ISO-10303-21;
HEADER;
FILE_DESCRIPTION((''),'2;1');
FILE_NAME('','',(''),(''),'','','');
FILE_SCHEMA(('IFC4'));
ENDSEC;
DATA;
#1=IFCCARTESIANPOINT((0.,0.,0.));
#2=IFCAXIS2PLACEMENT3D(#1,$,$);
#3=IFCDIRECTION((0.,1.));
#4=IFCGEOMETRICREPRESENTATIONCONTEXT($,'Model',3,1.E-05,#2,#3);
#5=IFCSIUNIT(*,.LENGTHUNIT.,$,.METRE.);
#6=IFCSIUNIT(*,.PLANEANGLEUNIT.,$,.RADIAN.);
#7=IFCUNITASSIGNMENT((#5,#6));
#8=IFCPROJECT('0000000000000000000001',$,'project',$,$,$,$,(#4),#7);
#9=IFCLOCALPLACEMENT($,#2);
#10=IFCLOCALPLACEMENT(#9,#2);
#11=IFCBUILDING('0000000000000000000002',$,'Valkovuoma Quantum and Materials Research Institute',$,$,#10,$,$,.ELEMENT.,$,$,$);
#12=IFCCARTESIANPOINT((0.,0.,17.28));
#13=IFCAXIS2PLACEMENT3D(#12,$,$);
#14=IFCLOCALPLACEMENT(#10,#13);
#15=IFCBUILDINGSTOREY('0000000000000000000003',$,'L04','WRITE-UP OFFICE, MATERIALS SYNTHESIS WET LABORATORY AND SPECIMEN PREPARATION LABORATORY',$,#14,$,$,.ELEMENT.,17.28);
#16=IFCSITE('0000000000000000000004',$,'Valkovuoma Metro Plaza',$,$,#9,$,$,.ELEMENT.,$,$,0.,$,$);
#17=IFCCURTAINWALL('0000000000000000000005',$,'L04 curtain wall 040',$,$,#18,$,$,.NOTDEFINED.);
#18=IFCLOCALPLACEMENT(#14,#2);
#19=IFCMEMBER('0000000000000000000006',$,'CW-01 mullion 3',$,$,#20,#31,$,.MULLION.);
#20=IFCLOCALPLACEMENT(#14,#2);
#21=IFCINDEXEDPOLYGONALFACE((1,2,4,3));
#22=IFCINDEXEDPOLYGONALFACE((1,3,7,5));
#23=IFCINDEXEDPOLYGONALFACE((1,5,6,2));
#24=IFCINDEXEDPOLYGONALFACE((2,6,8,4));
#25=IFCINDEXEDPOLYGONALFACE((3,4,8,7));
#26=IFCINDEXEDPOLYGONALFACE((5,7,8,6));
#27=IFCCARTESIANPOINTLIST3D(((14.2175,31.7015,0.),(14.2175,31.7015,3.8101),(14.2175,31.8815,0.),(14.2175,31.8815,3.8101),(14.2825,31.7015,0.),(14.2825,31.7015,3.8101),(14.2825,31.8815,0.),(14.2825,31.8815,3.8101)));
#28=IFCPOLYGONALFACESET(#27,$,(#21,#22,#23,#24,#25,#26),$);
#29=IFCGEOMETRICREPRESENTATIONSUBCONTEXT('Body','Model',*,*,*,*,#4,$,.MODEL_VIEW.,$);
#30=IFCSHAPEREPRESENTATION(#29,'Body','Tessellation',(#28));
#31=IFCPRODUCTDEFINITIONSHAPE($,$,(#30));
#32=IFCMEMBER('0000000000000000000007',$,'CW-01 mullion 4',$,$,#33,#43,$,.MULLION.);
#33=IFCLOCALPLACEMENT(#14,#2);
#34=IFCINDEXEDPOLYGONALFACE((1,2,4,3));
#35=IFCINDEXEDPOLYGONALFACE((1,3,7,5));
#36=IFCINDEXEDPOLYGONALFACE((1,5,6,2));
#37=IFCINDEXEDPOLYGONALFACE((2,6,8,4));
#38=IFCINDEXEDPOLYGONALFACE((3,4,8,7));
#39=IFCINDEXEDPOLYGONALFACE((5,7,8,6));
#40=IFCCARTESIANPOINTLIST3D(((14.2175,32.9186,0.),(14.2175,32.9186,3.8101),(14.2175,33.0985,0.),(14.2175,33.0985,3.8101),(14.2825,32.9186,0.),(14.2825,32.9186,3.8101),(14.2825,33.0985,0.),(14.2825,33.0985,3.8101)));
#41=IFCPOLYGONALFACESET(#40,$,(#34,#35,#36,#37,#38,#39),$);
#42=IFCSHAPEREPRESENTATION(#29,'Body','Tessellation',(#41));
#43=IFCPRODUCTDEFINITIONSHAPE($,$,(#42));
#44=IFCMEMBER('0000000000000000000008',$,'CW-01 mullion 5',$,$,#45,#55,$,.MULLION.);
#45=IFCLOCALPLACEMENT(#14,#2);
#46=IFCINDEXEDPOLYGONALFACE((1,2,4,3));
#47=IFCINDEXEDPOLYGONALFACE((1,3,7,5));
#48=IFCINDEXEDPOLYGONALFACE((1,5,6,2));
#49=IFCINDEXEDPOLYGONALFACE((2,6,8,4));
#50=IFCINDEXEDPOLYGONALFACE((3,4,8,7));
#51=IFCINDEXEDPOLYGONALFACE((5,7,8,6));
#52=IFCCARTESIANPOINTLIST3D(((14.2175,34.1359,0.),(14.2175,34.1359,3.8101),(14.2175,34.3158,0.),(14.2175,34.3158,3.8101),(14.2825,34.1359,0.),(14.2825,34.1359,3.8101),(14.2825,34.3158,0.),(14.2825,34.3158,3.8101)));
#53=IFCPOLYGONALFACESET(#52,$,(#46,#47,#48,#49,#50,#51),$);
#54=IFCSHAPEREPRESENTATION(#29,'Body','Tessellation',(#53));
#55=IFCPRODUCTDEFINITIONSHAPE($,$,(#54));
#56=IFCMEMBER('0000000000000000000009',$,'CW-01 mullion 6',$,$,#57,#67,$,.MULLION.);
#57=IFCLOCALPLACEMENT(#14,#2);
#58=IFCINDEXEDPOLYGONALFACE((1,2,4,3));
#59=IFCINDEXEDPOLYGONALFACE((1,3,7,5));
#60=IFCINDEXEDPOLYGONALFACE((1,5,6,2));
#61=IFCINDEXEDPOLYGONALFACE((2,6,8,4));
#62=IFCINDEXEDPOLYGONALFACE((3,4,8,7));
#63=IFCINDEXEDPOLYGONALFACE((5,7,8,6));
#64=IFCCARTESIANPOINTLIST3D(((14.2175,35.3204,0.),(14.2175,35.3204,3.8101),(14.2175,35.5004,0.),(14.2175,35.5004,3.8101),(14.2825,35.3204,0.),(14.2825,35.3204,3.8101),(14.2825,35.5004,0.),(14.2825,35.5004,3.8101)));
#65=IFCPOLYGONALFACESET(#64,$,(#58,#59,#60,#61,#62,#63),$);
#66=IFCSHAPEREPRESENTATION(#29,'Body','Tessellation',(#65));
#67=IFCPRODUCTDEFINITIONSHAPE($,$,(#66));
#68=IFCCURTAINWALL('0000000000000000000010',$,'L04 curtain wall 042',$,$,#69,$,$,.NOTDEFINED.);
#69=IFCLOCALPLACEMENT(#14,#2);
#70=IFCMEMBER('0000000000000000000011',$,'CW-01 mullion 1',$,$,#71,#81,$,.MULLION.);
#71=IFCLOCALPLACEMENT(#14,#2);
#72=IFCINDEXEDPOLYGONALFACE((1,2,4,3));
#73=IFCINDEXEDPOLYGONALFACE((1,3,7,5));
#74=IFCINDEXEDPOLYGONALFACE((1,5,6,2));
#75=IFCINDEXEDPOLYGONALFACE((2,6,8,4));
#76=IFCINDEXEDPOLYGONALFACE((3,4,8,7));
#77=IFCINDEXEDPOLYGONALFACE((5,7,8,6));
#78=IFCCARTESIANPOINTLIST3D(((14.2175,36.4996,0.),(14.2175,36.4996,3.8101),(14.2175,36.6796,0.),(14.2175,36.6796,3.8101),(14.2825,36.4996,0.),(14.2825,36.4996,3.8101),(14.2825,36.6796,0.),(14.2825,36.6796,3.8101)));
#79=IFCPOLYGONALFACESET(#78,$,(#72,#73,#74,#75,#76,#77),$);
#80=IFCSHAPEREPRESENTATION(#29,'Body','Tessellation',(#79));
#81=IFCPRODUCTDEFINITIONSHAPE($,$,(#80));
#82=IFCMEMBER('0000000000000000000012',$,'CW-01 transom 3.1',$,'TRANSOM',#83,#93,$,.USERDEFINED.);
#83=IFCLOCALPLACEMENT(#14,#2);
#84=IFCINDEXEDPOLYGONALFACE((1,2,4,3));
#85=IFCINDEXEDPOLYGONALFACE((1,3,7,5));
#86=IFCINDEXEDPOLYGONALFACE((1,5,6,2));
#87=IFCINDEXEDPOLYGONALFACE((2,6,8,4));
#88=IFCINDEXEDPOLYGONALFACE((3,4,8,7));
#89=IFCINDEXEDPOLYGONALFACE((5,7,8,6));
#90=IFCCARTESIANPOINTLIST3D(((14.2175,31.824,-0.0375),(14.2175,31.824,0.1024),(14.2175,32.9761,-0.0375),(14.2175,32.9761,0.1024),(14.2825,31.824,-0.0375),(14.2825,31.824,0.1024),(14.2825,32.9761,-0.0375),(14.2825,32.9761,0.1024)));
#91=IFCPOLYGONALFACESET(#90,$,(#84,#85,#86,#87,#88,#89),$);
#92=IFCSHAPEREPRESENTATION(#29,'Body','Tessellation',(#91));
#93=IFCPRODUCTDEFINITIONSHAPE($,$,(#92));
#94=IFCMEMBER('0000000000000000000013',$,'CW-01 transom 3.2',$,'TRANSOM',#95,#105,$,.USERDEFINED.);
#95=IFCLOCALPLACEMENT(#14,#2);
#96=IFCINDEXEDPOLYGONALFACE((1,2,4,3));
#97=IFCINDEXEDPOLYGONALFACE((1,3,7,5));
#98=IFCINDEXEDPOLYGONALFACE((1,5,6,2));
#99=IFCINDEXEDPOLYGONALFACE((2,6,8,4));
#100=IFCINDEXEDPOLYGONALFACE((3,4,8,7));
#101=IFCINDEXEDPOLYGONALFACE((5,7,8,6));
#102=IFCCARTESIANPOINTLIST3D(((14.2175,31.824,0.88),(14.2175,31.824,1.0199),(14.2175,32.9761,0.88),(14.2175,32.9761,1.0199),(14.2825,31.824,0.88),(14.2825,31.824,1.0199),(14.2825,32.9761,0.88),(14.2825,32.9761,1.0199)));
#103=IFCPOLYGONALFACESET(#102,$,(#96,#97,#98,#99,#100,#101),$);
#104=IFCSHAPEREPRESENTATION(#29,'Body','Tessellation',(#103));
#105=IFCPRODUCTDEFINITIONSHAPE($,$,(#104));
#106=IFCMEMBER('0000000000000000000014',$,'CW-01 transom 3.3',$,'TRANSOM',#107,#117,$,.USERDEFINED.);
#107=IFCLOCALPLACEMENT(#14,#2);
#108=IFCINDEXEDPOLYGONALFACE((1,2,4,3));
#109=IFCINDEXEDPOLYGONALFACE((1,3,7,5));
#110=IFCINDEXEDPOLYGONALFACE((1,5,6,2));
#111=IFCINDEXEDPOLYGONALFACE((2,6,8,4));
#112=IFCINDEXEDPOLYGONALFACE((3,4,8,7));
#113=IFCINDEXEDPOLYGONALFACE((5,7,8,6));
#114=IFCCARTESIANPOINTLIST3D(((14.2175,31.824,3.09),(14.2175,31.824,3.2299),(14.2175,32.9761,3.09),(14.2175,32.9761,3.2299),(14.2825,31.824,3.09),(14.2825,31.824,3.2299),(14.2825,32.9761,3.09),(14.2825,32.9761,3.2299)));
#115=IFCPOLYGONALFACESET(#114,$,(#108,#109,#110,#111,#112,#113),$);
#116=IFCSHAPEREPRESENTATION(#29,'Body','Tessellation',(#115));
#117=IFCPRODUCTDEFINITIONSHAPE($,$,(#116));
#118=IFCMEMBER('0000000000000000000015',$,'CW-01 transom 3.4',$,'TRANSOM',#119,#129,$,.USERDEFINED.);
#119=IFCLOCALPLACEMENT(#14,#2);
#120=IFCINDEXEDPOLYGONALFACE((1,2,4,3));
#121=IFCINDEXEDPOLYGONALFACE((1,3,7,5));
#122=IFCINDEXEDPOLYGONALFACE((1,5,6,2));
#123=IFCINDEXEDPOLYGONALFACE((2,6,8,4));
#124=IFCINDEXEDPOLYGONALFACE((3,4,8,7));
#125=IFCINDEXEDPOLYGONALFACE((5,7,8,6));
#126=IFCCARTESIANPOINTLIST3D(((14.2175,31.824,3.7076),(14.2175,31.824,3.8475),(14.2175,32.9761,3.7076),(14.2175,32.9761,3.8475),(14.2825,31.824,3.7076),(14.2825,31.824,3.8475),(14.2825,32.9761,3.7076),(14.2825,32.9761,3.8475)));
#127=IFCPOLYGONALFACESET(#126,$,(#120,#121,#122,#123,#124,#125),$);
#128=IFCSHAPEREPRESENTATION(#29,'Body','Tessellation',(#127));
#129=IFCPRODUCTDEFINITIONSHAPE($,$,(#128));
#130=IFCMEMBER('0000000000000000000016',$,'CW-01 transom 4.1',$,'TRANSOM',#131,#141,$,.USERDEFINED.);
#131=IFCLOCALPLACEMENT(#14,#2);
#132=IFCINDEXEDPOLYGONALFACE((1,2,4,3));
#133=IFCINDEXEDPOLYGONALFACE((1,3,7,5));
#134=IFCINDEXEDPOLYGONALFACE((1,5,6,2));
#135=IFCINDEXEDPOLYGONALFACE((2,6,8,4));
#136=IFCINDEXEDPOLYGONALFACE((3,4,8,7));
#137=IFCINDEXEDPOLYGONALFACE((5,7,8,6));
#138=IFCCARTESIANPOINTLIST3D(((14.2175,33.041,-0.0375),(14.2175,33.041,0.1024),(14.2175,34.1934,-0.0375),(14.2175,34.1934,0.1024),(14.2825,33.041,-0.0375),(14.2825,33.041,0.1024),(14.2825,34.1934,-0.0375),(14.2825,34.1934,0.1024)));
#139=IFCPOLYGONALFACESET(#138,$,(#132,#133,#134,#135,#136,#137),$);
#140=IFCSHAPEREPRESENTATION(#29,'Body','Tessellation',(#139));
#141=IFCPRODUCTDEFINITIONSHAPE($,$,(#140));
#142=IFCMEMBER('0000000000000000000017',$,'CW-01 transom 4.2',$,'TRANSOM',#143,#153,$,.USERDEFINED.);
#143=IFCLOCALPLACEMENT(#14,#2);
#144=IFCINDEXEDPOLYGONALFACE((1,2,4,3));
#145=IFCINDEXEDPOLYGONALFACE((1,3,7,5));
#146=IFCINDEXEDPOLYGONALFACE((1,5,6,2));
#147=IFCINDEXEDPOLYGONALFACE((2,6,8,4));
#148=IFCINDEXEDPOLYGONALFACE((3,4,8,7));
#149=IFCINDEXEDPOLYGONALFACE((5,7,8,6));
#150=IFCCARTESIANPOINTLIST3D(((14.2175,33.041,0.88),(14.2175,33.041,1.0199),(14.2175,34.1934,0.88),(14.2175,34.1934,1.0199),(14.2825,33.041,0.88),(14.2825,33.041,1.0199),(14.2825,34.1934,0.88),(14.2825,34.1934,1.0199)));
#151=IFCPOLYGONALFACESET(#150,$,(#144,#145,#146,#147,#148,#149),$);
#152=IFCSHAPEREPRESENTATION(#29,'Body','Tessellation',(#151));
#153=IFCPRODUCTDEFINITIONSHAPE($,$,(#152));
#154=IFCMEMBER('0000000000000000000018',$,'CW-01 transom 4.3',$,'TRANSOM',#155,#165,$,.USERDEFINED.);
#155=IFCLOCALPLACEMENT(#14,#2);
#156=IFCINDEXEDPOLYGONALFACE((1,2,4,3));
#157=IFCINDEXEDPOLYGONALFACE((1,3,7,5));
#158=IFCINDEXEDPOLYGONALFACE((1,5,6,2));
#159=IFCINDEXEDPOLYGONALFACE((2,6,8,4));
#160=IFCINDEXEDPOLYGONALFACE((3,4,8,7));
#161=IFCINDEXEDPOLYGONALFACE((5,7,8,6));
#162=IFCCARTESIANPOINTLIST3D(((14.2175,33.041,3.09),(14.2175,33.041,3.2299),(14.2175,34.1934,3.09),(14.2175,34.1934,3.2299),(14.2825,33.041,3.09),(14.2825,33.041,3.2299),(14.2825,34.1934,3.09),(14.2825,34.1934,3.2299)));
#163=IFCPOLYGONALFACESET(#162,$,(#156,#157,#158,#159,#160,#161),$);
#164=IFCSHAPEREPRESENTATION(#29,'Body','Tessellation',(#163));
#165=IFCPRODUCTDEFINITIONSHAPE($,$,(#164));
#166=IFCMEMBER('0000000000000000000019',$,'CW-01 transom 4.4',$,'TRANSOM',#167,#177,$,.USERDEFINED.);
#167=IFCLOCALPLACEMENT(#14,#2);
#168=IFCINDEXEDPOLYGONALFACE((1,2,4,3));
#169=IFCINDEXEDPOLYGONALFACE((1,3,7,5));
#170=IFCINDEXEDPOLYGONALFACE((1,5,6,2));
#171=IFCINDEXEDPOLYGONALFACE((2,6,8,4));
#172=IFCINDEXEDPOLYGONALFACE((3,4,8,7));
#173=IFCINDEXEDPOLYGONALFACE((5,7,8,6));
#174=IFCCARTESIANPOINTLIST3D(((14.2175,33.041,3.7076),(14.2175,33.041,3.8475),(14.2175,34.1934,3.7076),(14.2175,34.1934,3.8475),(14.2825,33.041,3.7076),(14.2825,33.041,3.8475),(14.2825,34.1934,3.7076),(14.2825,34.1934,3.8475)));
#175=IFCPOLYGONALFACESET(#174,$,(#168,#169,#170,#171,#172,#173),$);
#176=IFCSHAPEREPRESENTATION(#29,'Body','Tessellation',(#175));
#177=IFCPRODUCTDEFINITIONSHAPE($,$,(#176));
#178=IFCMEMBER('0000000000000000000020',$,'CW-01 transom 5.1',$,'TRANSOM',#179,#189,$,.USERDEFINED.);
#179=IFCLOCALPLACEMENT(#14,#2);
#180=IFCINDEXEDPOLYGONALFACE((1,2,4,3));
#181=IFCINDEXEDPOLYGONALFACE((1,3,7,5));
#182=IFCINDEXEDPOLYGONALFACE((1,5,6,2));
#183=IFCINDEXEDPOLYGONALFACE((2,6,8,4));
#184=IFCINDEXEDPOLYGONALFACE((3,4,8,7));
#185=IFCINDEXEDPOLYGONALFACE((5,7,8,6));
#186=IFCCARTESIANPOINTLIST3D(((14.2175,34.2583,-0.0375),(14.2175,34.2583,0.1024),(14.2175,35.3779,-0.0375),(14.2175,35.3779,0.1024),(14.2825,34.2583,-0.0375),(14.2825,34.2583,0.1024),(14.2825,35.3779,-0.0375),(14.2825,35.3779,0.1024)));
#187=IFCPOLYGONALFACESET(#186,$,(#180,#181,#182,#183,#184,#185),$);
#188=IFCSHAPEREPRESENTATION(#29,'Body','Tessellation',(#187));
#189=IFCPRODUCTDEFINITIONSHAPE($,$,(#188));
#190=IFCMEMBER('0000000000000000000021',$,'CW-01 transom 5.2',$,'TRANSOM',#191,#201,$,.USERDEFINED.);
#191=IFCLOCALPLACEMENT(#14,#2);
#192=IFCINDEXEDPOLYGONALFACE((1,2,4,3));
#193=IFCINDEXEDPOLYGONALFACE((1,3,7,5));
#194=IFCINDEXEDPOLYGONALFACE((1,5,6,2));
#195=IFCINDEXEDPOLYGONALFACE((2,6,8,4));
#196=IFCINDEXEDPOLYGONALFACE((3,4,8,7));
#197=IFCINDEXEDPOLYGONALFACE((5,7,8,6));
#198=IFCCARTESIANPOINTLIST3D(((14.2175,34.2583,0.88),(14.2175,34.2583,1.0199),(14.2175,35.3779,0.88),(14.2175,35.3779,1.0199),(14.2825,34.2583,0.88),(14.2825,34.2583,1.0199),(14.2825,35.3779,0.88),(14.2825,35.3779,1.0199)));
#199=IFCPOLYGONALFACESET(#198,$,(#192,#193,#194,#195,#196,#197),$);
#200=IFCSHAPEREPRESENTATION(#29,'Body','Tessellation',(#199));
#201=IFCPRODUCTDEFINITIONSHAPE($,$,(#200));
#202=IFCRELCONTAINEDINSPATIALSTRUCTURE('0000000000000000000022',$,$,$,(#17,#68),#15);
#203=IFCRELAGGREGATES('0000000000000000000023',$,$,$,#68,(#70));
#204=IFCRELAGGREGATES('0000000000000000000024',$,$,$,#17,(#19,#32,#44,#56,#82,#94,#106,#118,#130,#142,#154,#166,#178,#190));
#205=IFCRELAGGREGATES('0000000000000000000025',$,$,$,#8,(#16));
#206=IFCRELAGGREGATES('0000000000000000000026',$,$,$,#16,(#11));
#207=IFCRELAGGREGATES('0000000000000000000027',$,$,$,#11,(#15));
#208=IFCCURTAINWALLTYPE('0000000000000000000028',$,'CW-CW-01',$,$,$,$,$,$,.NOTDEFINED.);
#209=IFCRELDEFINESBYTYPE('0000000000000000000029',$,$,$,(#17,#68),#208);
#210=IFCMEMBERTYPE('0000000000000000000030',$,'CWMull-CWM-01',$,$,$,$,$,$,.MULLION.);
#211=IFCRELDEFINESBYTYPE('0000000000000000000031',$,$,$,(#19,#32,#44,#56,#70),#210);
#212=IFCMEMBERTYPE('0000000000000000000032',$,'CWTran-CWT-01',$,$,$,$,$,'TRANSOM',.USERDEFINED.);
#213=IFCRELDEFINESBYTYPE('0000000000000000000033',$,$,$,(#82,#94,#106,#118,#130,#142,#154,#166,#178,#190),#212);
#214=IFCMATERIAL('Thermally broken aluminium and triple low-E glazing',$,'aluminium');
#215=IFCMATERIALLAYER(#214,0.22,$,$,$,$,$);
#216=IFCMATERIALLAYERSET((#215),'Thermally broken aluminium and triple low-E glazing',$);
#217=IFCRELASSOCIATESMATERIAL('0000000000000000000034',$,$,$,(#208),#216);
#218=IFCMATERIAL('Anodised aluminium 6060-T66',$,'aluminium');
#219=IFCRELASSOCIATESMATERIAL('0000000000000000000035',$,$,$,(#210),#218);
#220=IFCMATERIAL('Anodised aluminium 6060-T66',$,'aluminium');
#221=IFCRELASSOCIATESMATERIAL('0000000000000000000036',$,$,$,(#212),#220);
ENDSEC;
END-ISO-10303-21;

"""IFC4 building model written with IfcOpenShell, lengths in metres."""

from ifc_helpers import new_model, si_unit, direction, frame, origin, origin_2d, place, context, subcontext, project, spatial, rectangle, extrude, material, layer, layer_set, material_profile, profile_set, type_object, element, aggregate, save


model = new_model("IFC4")

# Units and contexts
model_context = context("Model", 3, precision=1e-05, world=origin(), true_north=direction((0.0, 1.0)))
body_context = subcontext(model_context, "Body", "Model", "MODEL_VIEW")
ifc_project = project(units=[si_unit("LENGTHUNIT", "METRE"), si_unit("PLANEANGLEUNIT", "RADIAN")], contexts=[model_context])

# Site, building, storey
site_placement = place(None, origin())
site = spatial("IfcSite", under=ifc_project, at=site_placement, Name="Valkovuoma Metro Plaza", CompositionType="ELEMENT", RefElevation=0.0)
building_placement = place(site_placement, origin())
building = spatial("IfcBuilding", under=site, at=building_placement, Name="Valkovuoma Quantum and Materials Research Institute", CompositionType="ELEMENT")
storey_placement = place(building_placement, frame((0.0, 0.0, 17.28)))
storey = spatial("IfcBuildingStorey", under=building, at=storey_placement, Name="L04", Description="WRITE-UP OFFICE, MATERIALS SYNTHESIS WET LABORATORY AND SPECIMEN PREPARATION LABORATORY", CompositionType="ELEMENT", Elevation=17.28)

# Curtain wall, members
ifc_material_1 = material(Name="Thermally broken aluminium and triple low-E glazing", Category="aluminium")
ifc_layer_1 = layer(ifc_material_1, 0.22)
ifc_layer_set_1 = layer_set([ifc_layer_1], Name="Thermally broken aluminium and triple low-E glazing")
curtain_wall_type = type_object("IfcCurtainWallType", Name="CW-CW-01", PredefinedType="NOTDEFINED", material=ifc_layer_set_1)
curtain_wall_1_placement = place(storey_placement, origin())
curtain_wall_1 = element("IfcCurtainWall", 1, at=curtain_wall_1_placement, inside=storey, type_object=curtain_wall_type, Name="L04 curtain wall 040", PredefinedType="NOTDEFINED")
ifc_material_2 = material(Name="Anodised aluminium 6060-T66", Category="aluminium")
ifc_material_profile_1 = material_profile(ifc_material_2, rectangle(XDim=0.0649, YDim=0.1799, at=origin_2d()), Name="Anodised aluminium 6060-T66")
ifc_profile_set_1 = profile_set([ifc_material_profile_1], Name="Anodised aluminium 6060-T66")
member_type_1 = type_object("IfcMemberType", Name="CWMull-CWM-01", PredefinedType="MULLION", material=ifc_profile_set_1)
member_1_placement = place(storey_placement, frame((14.25, 31.7915, 0.0), z_axis=(0.0, 0.0, 1.0), x_axis=(-1.0, 0.0, 0.0)))
member_1 = element("IfcMember", 2, at=member_1_placement, type_object=member_type_1, Name="CW-01 mullion 3", PredefinedType="MULLION", context=body_context, shape_type="SweptSolid", body=[
    extrude(rectangle(XDim=0.0649, YDim=0.1799, at=origin_2d()), origin(), (0.0, 0.0, 1.0), 3.8101),
])
member_2_placement = place(storey_placement, frame((14.25, 33.0085, 0.0), z_axis=(0.0, 0.0, 1.0), x_axis=(-1.0, 0.0, 0.0)))
member_2 = element("IfcMember", 3, at=member_2_placement, type_object=member_type_1, Name="CW-01 mullion 4", PredefinedType="MULLION", context=body_context, shape_type="SweptSolid", body=[
    extrude(rectangle(XDim=0.0649, YDim=0.1799, at=origin_2d()), origin(), (0.0, 0.0, 1.0), 3.8101),
])
member_3_placement = place(storey_placement, frame((14.25, 34.2258, 0.0), z_axis=(0.0, 0.0, 1.0), x_axis=(-1.0, 0.0, 0.0)))
member_3 = element("IfcMember", 4, at=member_3_placement, type_object=member_type_1, Name="CW-01 mullion 5", PredefinedType="MULLION", context=body_context, shape_type="SweptSolid", body=[
    extrude(rectangle(XDim=0.0649, YDim=0.1799, at=origin_2d()), origin(), (0.0, 0.0, 1.0), 3.8101),
])
member_4_placement = place(storey_placement, frame((14.25, 35.4104, 0.0), z_axis=(0.0, 0.0, 1.0), x_axis=(-1.0, 0.0, 0.0)))
member_4 = element("IfcMember", 5, at=member_4_placement, type_object=member_type_1, Name="CW-01 mullion 6", PredefinedType="MULLION", context=body_context, shape_type="SweptSolid", body=[
    extrude(rectangle(XDim=0.0649, YDim=0.1799, at=origin_2d()), origin(), (0.0, 0.0, 1.0), 3.8101),
])

# Curtain wall, member
curtain_wall_2_placement = place(storey_placement, origin())
curtain_wall_2 = element("IfcCurtainWall", 6, at=curtain_wall_2_placement, inside=storey, type_object=curtain_wall_type, Name="L04 curtain wall 042", PredefinedType="NOTDEFINED")
member_5_placement = place(storey_placement, frame((14.25, 36.5896, 0.0), z_axis=(0.0, 0.0, 1.0), x_axis=(-1.0, 0.0, 0.0)))
member_5 = element("IfcMember", 7, at=member_5_placement, type_object=member_type_1, Name="CW-01 mullion 1", PredefinedType="MULLION", context=body_context, shape_type="SweptSolid", body=[
    extrude(rectangle(XDim=0.0649, YDim=0.1799, at=origin_2d()), origin(), (0.0, 0.0, 1.0), 3.8101),
])
aggregate(curtain_wall_2, [member_5])

# Members
ifc_material_3 = material(Name="Anodised aluminium 6060-T66", Category="aluminium")
ifc_material_profile_2 = material_profile(ifc_material_3, rectangle(XDim=0.0649, YDim=0.1399, at=origin_2d()), Name="Anodised aluminium 6060-T66")
ifc_profile_set_2 = profile_set([ifc_material_profile_2], Name="Anodised aluminium 6060-T66")
member_type_2 = type_object("IfcMemberType", Name="CWTran-CWT-01", ElementType="TRANSOM", PredefinedType="USERDEFINED", material=ifc_profile_set_2)
member_6_placement = place(storey_placement, frame((14.25, 31.824, 0.0325), z_axis=(0.0, 1.0, 0.0), x_axis=(-1.0, 0.0, 0.0)))
member_6 = element("IfcMember", 8, at=member_6_placement, type_object=member_type_2, Name="CW-01 transom 3.1", ObjectType="TRANSOM", PredefinedType="USERDEFINED", context=body_context, shape_type="SweptSolid", body=[
    extrude(rectangle(XDim=0.0649, YDim=0.1399, at=origin_2d()), origin(), (0.0, 0.0, 1.0), 1.1521),
])
member_7_placement = place(storey_placement, frame((14.25, 31.824, 0.95), z_axis=(0.0, 1.0, 0.0), x_axis=(-1.0, 0.0, 0.0)))
member_7 = element("IfcMember", 9, at=member_7_placement, type_object=member_type_2, Name="CW-01 transom 3.2", ObjectType="TRANSOM", PredefinedType="USERDEFINED", context=body_context, shape_type="SweptSolid", body=[
    extrude(rectangle(XDim=0.0649, YDim=0.1399, at=origin_2d()), origin(), (0.0, 0.0, 1.0), 1.1521),
])
member_8_placement = place(storey_placement, frame((14.25, 31.824, 3.1599), z_axis=(0.0, 1.0, 0.0), x_axis=(-1.0, 0.0, 0.0)))
member_8 = element("IfcMember", 10, at=member_8_placement, type_object=member_type_2, Name="CW-01 transom 3.3", ObjectType="TRANSOM", PredefinedType="USERDEFINED", context=body_context, shape_type="SweptSolid", body=[
    extrude(rectangle(XDim=0.0649, YDim=0.1399, at=origin_2d()), origin(), (0.0, 0.0, 1.0), 1.1521),
])
member_9_placement = place(storey_placement, frame((14.25, 31.824, 3.7776), z_axis=(0.0, 1.0, 0.0), x_axis=(-1.0, 0.0, 0.0)))
member_9 = element("IfcMember", 11, at=member_9_placement, type_object=member_type_2, Name="CW-01 transom 3.4", ObjectType="TRANSOM", PredefinedType="USERDEFINED", context=body_context, shape_type="SweptSolid", body=[
    extrude(rectangle(XDim=0.0649, YDim=0.1399, at=origin_2d()), origin(), (0.0, 0.0, 1.0), 1.1521),
])
member_10_placement = place(storey_placement, frame((14.25, 33.041, 0.0325), z_axis=(0.0, 1.0, 0.0), x_axis=(-1.0, 0.0, 0.0)))
member_10 = element("IfcMember", 12, at=member_10_placement, type_object=member_type_2, Name="CW-01 transom 4.1", ObjectType="TRANSOM", PredefinedType="USERDEFINED", context=body_context, shape_type="SweptSolid", body=[
    extrude(rectangle(XDim=0.0649, YDim=0.1399, at=origin_2d()), origin(), (0.0, 0.0, 1.0), 1.1523),
])
member_11_placement = place(storey_placement, frame((14.25, 33.041, 0.95), z_axis=(0.0, 1.0, 0.0), x_axis=(-1.0, 0.0, 0.0)))
member_11 = element("IfcMember", 13, at=member_11_placement, type_object=member_type_2, Name="CW-01 transom 4.2", ObjectType="TRANSOM", PredefinedType="USERDEFINED", context=body_context, shape_type="SweptSolid", body=[
    extrude(rectangle(XDim=0.0649, YDim=0.1399, at=origin_2d()), origin(), (0.0, 0.0, 1.0), 1.1523),
])
member_12_placement = place(storey_placement, frame((14.25, 33.041, 3.1599), z_axis=(0.0, 1.0, 0.0), x_axis=(-1.0, 0.0, 0.0)))
member_12 = element("IfcMember", 14, at=member_12_placement, type_object=member_type_2, Name="CW-01 transom 4.3", ObjectType="TRANSOM", PredefinedType="USERDEFINED", context=body_context, shape_type="SweptSolid", body=[
    extrude(rectangle(XDim=0.0649, YDim=0.1399, at=origin_2d()), origin(), (0.0, 0.0, 1.0), 1.1523),
])
member_13_placement = place(storey_placement, frame((14.25, 33.041, 3.7776), z_axis=(0.0, 1.0, 0.0), x_axis=(-1.0, 0.0, 0.0)))
member_13 = element("IfcMember", 15, at=member_13_placement, type_object=member_type_2, Name="CW-01 transom 4.4", ObjectType="TRANSOM", PredefinedType="USERDEFINED", context=body_context, shape_type="SweptSolid", body=[
    extrude(rectangle(XDim=0.0649, YDim=0.1399, at=origin_2d()), origin(), (0.0, 0.0, 1.0), 1.1523),
])
member_14_placement = place(storey_placement, frame((14.25, 34.2583, 0.0325), z_axis=(0.0, 1.0, 0.0), x_axis=(-1.0, 0.0, 0.0)))
member_14 = element("IfcMember", 16, at=member_14_placement, type_object=member_type_2, Name="CW-01 transom 5.1", ObjectType="TRANSOM", PredefinedType="USERDEFINED", context=body_context, shape_type="SweptSolid", body=[
    extrude(rectangle(XDim=0.0649, YDim=0.1399, at=origin_2d()), origin(), (0.0, 0.0, 1.0), 1.1196),
])
member_15_placement = place(storey_placement, frame((14.25, 34.2583, 0.95), z_axis=(0.0, 1.0, 0.0), x_axis=(-1.0, 0.0, 0.0)))
member_15 = element("IfcMember", 17, at=member_15_placement, type_object=member_type_2, Name="CW-01 transom 5.2", ObjectType="TRANSOM", PredefinedType="USERDEFINED", context=body_context, shape_type="SweptSolid", body=[
    extrude(rectangle(XDim=0.0649, YDim=0.1399, at=origin_2d()), origin(), (0.0, 0.0, 1.0), 1.1196),
])

aggregate(curtain_wall_1, [member_1, member_2, member_3, member_4, member_6, member_7, member_8, member_9, member_10, member_11, member_12, member_13, member_14, member_15])

save(model, "model.ifc")
